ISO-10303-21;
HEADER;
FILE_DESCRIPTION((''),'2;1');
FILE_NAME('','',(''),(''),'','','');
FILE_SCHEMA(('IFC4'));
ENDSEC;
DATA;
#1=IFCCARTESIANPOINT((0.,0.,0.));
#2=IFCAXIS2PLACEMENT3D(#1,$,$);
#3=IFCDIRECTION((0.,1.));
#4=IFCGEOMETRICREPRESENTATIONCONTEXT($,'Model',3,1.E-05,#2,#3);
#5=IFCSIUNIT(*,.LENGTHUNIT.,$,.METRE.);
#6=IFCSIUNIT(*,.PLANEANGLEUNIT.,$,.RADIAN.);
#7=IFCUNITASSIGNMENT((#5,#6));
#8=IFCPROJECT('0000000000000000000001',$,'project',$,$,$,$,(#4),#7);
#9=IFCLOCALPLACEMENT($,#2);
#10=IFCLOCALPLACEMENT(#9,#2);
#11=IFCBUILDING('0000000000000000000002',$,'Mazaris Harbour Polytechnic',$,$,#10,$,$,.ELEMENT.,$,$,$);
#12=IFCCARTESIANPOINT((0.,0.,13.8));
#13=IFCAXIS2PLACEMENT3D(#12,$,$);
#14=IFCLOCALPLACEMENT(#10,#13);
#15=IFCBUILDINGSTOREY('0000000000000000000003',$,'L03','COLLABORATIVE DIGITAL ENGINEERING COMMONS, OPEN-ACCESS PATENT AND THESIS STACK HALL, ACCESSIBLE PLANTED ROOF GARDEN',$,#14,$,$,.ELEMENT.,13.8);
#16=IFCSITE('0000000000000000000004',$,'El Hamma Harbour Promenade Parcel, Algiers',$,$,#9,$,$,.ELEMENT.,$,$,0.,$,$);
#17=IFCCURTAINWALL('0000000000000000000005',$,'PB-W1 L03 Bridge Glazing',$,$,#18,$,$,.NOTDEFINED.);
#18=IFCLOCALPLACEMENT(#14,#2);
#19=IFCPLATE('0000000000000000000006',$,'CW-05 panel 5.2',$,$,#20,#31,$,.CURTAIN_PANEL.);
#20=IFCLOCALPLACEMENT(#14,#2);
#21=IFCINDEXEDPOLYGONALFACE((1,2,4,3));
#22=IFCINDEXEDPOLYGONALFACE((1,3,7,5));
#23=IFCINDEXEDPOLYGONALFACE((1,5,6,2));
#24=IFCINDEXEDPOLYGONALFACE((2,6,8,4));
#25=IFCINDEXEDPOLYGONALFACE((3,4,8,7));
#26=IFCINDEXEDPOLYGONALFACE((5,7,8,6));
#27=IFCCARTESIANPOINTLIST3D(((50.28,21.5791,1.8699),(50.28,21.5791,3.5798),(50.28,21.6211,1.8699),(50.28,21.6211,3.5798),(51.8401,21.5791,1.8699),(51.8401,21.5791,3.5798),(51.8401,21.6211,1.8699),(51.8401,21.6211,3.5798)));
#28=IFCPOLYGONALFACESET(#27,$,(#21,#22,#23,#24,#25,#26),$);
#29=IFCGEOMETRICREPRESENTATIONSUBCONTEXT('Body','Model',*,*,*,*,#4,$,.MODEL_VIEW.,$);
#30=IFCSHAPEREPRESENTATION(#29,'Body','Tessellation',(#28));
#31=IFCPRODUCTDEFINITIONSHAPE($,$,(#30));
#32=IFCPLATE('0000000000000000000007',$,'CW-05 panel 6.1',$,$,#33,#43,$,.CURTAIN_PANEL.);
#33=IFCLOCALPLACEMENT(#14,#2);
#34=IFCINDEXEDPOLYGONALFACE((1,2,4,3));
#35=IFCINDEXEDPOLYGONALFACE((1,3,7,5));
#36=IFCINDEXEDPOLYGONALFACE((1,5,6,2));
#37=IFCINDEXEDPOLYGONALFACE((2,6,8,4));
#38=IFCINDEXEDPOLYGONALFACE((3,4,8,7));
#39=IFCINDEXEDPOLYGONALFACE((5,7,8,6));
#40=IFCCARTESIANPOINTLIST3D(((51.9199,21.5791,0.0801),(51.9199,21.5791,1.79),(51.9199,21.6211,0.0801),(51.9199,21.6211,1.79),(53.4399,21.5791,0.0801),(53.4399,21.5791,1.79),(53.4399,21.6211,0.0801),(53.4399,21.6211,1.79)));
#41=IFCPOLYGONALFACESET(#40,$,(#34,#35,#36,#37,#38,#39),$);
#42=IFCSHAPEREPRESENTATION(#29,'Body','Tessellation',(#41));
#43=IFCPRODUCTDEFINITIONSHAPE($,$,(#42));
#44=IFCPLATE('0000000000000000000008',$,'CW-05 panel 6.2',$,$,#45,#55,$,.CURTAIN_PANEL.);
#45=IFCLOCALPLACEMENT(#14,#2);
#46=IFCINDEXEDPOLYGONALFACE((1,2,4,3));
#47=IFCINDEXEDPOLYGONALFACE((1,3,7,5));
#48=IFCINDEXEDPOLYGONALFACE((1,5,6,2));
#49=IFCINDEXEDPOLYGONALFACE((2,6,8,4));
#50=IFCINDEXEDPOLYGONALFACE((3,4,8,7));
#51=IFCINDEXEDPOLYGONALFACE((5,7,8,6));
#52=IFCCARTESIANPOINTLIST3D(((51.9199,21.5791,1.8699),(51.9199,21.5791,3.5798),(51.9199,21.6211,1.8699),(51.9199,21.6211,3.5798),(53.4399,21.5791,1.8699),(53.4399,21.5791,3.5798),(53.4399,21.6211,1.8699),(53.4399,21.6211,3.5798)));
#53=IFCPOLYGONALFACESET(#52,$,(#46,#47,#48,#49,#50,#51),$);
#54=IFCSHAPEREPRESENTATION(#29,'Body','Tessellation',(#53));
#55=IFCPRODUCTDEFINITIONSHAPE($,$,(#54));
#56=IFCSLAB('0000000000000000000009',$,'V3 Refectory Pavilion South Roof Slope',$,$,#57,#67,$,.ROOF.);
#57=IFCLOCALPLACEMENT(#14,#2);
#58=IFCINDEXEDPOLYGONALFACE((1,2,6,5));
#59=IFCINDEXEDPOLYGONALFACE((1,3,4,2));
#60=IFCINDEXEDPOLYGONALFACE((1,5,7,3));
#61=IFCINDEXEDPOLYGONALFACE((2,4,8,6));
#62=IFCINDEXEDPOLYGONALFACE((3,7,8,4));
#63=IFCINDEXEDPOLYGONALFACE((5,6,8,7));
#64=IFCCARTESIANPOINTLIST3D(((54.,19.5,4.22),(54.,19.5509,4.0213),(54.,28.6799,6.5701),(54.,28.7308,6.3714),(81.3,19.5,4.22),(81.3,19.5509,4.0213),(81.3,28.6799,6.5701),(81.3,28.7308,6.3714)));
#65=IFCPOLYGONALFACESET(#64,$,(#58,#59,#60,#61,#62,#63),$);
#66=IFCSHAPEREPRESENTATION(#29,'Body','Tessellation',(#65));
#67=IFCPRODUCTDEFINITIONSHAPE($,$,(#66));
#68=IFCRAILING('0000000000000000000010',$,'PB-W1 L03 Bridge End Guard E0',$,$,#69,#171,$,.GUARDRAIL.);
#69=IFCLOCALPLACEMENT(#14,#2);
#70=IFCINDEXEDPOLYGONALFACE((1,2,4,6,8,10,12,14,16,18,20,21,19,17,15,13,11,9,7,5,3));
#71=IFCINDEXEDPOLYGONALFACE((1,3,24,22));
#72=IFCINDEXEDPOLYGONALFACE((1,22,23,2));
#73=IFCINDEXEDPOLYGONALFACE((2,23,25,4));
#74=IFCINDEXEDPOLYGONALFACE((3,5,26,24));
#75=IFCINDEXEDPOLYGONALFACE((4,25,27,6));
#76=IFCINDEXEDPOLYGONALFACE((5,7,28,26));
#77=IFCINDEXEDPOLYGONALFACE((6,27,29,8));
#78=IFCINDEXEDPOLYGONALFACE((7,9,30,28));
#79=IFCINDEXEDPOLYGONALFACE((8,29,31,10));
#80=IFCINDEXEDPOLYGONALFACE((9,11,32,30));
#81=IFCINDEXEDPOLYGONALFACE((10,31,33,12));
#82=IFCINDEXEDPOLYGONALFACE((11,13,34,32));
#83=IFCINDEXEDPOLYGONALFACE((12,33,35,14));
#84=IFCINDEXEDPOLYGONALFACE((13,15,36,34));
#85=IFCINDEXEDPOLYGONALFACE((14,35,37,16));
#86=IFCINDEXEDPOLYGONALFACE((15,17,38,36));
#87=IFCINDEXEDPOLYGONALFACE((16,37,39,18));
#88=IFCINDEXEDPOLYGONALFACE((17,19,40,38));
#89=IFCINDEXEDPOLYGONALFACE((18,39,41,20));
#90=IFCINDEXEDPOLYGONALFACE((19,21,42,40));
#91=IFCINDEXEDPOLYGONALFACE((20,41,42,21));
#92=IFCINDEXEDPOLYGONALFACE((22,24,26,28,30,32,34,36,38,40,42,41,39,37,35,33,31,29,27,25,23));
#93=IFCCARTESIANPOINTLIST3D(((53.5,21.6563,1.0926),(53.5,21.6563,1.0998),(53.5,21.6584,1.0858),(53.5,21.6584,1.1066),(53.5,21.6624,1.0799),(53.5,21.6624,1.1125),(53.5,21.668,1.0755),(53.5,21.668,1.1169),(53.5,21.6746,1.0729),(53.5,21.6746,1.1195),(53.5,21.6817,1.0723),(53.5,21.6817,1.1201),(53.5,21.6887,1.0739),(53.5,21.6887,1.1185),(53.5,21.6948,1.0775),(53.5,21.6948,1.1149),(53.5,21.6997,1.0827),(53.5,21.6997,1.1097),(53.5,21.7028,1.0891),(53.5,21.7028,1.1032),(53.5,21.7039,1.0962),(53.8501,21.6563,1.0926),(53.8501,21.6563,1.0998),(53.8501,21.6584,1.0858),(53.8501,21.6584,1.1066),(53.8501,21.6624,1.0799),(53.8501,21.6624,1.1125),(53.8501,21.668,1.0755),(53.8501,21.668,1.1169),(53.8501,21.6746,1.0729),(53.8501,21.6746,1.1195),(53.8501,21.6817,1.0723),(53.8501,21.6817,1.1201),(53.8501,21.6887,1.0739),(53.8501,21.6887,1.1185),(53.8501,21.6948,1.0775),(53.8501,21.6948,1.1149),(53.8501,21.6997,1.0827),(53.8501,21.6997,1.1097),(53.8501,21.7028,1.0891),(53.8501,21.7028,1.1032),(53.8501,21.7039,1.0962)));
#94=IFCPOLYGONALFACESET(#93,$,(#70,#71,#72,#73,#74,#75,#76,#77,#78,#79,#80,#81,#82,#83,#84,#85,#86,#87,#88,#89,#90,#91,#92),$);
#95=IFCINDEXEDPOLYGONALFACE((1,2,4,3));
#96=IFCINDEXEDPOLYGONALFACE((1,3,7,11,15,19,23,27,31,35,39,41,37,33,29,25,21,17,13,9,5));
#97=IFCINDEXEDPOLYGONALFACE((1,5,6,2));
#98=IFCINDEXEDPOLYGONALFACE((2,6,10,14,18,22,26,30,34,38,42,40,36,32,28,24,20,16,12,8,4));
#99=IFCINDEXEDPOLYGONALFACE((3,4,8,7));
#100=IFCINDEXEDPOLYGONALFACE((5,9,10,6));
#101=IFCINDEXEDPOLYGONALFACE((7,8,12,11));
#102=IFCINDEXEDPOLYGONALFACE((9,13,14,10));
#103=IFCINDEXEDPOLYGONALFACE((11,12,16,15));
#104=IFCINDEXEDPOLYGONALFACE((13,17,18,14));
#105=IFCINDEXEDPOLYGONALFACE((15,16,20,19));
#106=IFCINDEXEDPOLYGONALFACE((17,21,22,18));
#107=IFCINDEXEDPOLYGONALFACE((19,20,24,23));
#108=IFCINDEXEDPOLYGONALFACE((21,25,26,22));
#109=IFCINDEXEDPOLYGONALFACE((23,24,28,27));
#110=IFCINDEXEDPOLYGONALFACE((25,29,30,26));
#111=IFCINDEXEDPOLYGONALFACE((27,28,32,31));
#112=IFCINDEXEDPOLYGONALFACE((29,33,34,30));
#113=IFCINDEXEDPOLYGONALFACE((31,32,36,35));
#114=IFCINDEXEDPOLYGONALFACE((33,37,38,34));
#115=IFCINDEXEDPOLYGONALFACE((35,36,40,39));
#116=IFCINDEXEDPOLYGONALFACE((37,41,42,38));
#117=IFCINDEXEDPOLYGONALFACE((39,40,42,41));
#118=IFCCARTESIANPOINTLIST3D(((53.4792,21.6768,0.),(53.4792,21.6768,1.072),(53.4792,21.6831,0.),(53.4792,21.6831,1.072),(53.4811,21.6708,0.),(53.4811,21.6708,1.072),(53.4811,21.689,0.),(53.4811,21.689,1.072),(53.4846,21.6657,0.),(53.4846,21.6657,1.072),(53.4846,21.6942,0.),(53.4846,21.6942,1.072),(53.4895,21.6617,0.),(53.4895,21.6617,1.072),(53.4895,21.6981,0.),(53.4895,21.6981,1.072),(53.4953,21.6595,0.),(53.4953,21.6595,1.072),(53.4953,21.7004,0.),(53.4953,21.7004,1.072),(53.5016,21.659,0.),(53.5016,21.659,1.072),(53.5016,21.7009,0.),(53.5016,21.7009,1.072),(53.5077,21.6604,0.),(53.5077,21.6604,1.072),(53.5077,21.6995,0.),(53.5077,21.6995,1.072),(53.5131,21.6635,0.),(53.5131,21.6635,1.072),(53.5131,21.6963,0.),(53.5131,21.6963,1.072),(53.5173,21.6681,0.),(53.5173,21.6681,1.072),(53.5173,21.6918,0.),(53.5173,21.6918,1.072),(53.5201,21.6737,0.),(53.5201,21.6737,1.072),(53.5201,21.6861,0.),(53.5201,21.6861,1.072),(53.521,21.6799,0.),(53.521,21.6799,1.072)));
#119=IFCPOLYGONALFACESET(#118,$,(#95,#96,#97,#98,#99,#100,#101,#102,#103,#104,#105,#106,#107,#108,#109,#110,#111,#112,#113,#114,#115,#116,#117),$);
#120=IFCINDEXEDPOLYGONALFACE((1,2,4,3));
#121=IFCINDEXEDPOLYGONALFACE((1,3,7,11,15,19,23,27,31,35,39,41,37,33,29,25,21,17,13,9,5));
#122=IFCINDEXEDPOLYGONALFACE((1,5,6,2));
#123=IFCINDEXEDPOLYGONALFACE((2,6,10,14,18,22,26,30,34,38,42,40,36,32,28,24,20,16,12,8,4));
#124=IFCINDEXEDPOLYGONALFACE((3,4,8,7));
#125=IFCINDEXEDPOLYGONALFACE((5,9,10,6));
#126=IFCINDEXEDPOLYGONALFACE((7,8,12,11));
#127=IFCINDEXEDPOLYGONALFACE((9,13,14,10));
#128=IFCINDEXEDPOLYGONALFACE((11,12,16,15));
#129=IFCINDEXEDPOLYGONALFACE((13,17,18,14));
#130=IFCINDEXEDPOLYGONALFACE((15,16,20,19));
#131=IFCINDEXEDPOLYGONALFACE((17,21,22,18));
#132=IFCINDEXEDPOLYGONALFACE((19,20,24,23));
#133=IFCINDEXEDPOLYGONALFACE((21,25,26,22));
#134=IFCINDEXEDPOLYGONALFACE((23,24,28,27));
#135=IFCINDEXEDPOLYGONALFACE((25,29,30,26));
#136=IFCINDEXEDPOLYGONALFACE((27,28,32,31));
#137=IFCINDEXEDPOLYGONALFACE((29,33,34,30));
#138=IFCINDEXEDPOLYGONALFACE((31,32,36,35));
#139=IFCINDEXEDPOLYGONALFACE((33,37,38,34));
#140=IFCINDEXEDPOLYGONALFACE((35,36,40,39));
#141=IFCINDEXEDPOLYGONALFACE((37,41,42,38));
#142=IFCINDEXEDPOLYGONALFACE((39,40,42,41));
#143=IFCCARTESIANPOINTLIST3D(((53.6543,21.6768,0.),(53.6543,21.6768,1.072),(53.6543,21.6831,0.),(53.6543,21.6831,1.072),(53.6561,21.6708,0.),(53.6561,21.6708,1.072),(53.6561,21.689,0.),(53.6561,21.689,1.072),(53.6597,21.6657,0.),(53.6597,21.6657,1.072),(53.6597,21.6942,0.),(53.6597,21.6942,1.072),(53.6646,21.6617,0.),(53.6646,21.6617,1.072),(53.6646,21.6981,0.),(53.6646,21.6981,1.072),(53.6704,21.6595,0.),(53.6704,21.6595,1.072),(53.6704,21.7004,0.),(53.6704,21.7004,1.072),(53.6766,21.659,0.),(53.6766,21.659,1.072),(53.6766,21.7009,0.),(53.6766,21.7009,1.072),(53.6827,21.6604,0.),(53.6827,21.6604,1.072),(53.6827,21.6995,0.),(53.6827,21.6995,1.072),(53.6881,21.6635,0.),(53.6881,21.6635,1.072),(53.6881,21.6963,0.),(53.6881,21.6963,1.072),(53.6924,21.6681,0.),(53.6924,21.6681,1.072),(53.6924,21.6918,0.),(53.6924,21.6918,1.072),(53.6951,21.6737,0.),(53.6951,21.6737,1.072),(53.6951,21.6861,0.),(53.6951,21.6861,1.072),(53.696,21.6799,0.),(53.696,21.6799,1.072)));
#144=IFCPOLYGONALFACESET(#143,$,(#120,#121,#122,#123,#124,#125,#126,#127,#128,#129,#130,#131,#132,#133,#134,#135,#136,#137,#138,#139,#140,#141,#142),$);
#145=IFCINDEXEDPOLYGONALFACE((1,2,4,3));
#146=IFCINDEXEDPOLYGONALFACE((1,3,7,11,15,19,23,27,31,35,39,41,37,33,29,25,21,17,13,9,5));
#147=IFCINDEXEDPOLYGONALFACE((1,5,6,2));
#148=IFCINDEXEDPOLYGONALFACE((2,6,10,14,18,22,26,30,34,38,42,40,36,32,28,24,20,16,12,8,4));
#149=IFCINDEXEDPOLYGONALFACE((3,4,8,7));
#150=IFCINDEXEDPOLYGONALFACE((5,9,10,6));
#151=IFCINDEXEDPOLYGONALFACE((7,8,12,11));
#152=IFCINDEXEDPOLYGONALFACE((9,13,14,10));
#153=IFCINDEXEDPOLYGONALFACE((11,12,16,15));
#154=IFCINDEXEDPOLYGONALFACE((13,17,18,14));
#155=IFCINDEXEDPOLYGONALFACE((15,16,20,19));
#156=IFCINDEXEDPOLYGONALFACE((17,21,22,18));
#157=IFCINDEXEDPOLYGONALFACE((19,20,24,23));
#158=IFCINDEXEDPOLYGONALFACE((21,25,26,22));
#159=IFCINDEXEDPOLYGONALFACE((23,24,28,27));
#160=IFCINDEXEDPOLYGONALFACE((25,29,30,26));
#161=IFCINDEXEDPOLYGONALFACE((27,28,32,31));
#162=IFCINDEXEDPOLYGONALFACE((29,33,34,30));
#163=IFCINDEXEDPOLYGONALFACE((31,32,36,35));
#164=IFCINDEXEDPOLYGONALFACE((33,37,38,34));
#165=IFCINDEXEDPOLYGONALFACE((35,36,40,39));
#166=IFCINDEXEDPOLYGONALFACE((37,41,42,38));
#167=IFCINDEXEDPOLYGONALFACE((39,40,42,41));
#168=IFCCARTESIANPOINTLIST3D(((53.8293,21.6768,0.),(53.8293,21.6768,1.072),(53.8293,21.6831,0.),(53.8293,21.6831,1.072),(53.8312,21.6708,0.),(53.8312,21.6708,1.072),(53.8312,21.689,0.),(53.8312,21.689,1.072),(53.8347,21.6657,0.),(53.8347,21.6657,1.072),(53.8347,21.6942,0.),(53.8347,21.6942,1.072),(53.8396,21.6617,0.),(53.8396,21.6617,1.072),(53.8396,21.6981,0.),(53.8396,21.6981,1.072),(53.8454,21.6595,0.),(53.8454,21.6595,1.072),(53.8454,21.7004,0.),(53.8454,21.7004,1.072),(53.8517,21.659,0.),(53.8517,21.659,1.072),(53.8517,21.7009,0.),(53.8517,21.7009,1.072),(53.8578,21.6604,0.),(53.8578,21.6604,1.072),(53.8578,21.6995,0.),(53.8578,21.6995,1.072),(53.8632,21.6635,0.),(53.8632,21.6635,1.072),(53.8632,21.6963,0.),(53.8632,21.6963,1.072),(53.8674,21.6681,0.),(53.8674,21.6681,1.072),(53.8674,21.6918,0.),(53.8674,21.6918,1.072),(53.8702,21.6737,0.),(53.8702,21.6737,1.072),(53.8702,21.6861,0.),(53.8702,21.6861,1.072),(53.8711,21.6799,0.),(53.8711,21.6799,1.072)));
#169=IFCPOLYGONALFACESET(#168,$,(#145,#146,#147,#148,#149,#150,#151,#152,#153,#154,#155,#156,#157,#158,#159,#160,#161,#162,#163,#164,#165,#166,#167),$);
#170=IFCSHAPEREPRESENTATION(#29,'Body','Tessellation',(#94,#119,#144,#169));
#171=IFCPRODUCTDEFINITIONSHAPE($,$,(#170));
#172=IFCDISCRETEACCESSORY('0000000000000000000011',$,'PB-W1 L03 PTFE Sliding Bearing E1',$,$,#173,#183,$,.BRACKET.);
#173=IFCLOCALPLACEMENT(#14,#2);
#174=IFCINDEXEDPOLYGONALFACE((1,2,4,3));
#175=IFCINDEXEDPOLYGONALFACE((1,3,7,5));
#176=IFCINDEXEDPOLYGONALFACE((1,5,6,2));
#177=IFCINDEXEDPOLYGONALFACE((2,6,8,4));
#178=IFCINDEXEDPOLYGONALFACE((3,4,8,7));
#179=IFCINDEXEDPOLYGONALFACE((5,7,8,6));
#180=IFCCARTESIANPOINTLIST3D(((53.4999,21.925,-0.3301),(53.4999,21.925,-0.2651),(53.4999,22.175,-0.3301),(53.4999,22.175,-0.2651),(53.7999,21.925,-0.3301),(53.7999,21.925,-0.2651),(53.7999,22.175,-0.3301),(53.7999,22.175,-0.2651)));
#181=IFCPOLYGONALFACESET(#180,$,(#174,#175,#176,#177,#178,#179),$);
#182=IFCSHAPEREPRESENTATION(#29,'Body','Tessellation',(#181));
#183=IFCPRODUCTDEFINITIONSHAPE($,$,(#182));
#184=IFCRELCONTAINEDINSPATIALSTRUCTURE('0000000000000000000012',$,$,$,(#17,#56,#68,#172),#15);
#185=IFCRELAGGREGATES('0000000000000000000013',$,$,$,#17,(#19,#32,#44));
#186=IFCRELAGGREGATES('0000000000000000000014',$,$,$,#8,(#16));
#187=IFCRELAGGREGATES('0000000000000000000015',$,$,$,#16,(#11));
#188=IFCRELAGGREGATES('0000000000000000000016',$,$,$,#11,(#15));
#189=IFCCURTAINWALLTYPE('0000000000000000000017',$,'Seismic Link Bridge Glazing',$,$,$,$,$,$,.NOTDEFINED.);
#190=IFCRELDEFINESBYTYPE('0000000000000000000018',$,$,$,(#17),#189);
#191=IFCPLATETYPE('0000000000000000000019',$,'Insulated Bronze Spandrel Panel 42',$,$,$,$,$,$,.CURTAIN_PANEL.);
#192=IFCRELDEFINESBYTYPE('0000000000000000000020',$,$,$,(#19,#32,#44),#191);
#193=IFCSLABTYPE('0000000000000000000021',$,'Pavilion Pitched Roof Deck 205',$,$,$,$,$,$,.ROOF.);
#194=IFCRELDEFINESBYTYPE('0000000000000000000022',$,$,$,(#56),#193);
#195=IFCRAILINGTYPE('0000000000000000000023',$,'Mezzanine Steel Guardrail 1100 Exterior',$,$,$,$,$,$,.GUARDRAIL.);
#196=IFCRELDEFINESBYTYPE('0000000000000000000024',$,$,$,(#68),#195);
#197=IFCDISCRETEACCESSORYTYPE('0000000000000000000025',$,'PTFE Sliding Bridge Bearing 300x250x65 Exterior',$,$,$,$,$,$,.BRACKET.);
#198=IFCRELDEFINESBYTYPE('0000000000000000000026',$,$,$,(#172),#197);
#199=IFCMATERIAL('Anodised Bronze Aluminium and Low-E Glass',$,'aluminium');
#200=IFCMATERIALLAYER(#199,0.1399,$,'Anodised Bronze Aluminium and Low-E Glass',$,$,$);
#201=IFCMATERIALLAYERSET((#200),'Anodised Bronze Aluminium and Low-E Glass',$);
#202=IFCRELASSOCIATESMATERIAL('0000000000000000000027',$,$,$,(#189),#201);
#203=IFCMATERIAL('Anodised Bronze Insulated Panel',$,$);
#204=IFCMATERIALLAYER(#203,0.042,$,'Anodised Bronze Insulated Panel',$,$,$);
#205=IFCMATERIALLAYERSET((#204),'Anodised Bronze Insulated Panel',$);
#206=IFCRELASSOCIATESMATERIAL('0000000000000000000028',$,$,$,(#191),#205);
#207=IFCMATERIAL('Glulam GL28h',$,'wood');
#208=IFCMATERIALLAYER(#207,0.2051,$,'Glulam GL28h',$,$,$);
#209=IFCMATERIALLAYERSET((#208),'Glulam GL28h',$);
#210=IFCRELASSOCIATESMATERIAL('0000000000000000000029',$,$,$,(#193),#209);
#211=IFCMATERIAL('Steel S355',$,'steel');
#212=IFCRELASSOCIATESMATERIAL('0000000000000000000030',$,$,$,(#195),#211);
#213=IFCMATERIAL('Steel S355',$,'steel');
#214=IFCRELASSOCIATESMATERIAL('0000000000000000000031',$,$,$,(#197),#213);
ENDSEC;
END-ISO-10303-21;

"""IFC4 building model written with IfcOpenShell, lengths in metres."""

from ifc_helpers import new_model, si_unit, direction, frame, origin, origin_2d, place, context, subcontext, project, spatial, polyline, rectangle, circle, outline, extrude, material, layer, layer_set, type_object, element, aggregate, save


model = new_model("IFC4")

# Units and contexts
model_context = context("Model", 3, precision=1e-05, world=origin(), true_north=direction((0.0, 1.0)))
body_context = subcontext(model_context, "Body", "Model", "MODEL_VIEW")
ifc_project = project(units=[si_unit("LENGTHUNIT", "METRE"), si_unit("PLANEANGLEUNIT", "RADIAN")], contexts=[model_context])

# Site, building, storey
site_placement = place(None, origin())
site = spatial("IfcSite", under=ifc_project, at=site_placement, Name="El Hamma Harbour Promenade Parcel, Algiers", CompositionType="ELEMENT", RefElevation=0.0)
building_placement = place(site_placement, origin())
building = spatial("IfcBuilding", under=site, at=building_placement, Name="Mazaris Harbour Polytechnic", CompositionType="ELEMENT")
storey_placement = place(building_placement, frame((0.0, 0.0, 13.8)))
storey = spatial("IfcBuildingStorey", under=building, at=storey_placement, Name="L03", Description="COLLABORATIVE DIGITAL ENGINEERING COMMONS, OPEN-ACCESS PATENT AND THESIS STACK HALL, ACCESSIBLE PLANTED ROOF GARDEN", CompositionType="ELEMENT", Elevation=13.8)

# Curtain wall
ifc_material_1 = material(Name="Anodised Bronze Aluminium and Low-E Glass", Category="aluminium")
ifc_layer_1 = layer(ifc_material_1, 0.1399, Name="Anodised Bronze Aluminium and Low-E Glass")
ifc_layer_set_1 = layer_set([ifc_layer_1], Name="Anodised Bronze Aluminium and Low-E Glass")
curtain_wall_type = type_object("IfcCurtainWallType", Name="Seismic Link Bridge Glazing", PredefinedType="NOTDEFINED", material=ifc_layer_set_1)
curtain_wall_placement = place(storey_placement, origin())
curtain_wall = element("IfcCurtainWall", 1, at=curtain_wall_placement, inside=storey, type_object=curtain_wall_type, Name="PB-W1 L03 Bridge Glazing", PredefinedType="NOTDEFINED")

# Plates
ifc_material_2 = material(Name="Anodised Bronze Insulated Panel")
ifc_layer_2 = layer(ifc_material_2, 0.042, Name="Anodised Bronze Insulated Panel")
ifc_layer_set_2 = layer_set([ifc_layer_2], Name="Anodised Bronze Insulated Panel")
plate_type = type_object("IfcPlateType", Name="Insulated Bronze Spandrel Panel 42", PredefinedType="CURTAIN_PANEL", material=ifc_layer_set_2)
plate_1_placement = place(storey_placement, frame((51.0601, 21.6001, 1.8699), z_axis=(0.0, 0.0, 1.0), x_axis=(1.0, 0.0, 0.0)))
plate_1 = element("IfcPlate", 2, at=plate_1_placement, type_object=plate_type, Name="CW-05 panel 5.2", PredefinedType="CURTAIN_PANEL", context=body_context, shape_type="SweptSolid", body=[
    extrude(rectangle(XDim=1.5601, YDim=0.042, at=origin_2d()), origin(), (0.0, 0.0, 1.0), 1.71),
])
plate_2_placement = place(storey_placement, frame((52.6799, 21.6001, 0.0801), z_axis=(0.0, 0.0, 1.0), x_axis=(1.0, 0.0, 0.0)))
plate_2 = element("IfcPlate", 3, at=plate_2_placement, type_object=plate_type, Name="CW-05 panel 6.1", PredefinedType="CURTAIN_PANEL", context=body_context, shape_type="SweptSolid", body=[
    extrude(rectangle(XDim=1.52, YDim=0.042, at=origin_2d()), origin(), (0.0, 0.0, 1.0), 1.71),
])
plate_3_placement = place(storey_placement, frame((52.6799, 21.6001, 1.8699), z_axis=(0.0, 0.0, 1.0), x_axis=(1.0, 0.0, 0.0)))
plate_3 = element("IfcPlate", 4, at=plate_3_placement, type_object=plate_type, Name="CW-05 panel 6.2", PredefinedType="CURTAIN_PANEL", context=body_context, shape_type="SweptSolid", body=[
    extrude(rectangle(XDim=1.52, YDim=0.042, at=origin_2d()), origin(), (0.0, 0.0, 1.0), 1.71),
])
aggregate(curtain_wall, [plate_1, plate_2, plate_3])

# Slab
ifc_material_3 = material(Name="Glulam GL28h", Category="wood")
ifc_layer_3 = layer(ifc_material_3, 0.2051, Name="Glulam GL28h")
ifc_layer_set_3 = layer_set([ifc_layer_3], Name="Glulam GL28h")
slab_type = type_object("IfcSlabType", Name="Pavilion Pitched Roof Deck 205", PredefinedType="ROOF", material=ifc_layer_set_3)
slab_placement = place(storey_placement, frame((54.0, 19.5, 4.22), z_axis=(0.0, -0.248006, 0.968759), x_axis=(1.0, 0.0, 0.0)))
element("IfcSlab", 5, at=slab_placement, inside=storey, type_object=slab_type, Name="V3 Refectory Pavilion South Roof Slope", PredefinedType="ROOF", context=body_context, shape_type="SweptSolid", body=[
    extrude(outline(polyline([(0.0, 0.0), (27.3, 0.0), (27.3, 9.476), (0.0, 9.476), (0.0, 0.0)])), origin(), (0.0, 0.0, -1.0), 0.2051),
])

# Railing
ifc_material_4 = material(Name="Steel S355", Category="steel")
railing_type = type_object("IfcRailingType", Name="Mezzanine Steel Guardrail 1100 Exterior", PredefinedType="GUARDRAIL", material=ifc_material_4)
railing_placement = place(storey_placement, frame((53.5, 21.6799, 0.0)))
element("IfcRailing", 6, at=railing_placement, inside=storey, type_object=railing_type, Name="PB-W1 L03 Bridge End Guard E0", PredefinedType="GUARDRAIL", context=body_context, shape_type="SweptSolid", body=[
    extrude(circle(Radius=0.0239, at=origin_2d()), frame((0.0, 0.0, 1.0962), z_axis=(1.0, 0.0, 0.0), x_axis=(0.0, 1.0, 0.0)), (0.0, 0.0, 1.0), 0.3501),
    extrude(circle(Radius=0.021, at=origin_2d()), origin(), (0.0, 0.0, 1.0), 1.072),
    extrude(circle(Radius=0.021, at=origin_2d()), frame((0.175, 0.0, 0.0)), (0.0, 0.0, 1.0), 1.072),
    extrude(circle(Radius=0.021, at=origin_2d()), frame((0.3501, 0.0, 0.0)), (0.0, 0.0, 1.0), 1.072),
])

# Discrete accessory
ifc_material_5 = material(Name="Steel S355", Category="steel")
discrete_accessory_type = type_object("IfcDiscreteAccessoryType", Name="PTFE Sliding Bridge Bearing 300x250x65 Exterior", PredefinedType="BRACKET", material=ifc_material_5)
discrete_accessory_placement = place(storey_placement, frame((53.6499, 22.05, -0.3301), z_axis=(0.0, 0.0, 1.0), x_axis=(1.0, 0.0, 0.0)))
element("IfcDiscreteAccessory", 7, at=discrete_accessory_placement, inside=storey, type_object=discrete_accessory_type, Name="PB-W1 L03 PTFE Sliding Bearing E1", PredefinedType="BRACKET", context=body_context, shape_type="SweptSolid", body=[
    extrude(rectangle(XDim=0.3, YDim=0.25, at=origin_2d()), origin(), (0.0, 0.0, 1.0), 0.0649),
])

save(model, "model.ifc")
